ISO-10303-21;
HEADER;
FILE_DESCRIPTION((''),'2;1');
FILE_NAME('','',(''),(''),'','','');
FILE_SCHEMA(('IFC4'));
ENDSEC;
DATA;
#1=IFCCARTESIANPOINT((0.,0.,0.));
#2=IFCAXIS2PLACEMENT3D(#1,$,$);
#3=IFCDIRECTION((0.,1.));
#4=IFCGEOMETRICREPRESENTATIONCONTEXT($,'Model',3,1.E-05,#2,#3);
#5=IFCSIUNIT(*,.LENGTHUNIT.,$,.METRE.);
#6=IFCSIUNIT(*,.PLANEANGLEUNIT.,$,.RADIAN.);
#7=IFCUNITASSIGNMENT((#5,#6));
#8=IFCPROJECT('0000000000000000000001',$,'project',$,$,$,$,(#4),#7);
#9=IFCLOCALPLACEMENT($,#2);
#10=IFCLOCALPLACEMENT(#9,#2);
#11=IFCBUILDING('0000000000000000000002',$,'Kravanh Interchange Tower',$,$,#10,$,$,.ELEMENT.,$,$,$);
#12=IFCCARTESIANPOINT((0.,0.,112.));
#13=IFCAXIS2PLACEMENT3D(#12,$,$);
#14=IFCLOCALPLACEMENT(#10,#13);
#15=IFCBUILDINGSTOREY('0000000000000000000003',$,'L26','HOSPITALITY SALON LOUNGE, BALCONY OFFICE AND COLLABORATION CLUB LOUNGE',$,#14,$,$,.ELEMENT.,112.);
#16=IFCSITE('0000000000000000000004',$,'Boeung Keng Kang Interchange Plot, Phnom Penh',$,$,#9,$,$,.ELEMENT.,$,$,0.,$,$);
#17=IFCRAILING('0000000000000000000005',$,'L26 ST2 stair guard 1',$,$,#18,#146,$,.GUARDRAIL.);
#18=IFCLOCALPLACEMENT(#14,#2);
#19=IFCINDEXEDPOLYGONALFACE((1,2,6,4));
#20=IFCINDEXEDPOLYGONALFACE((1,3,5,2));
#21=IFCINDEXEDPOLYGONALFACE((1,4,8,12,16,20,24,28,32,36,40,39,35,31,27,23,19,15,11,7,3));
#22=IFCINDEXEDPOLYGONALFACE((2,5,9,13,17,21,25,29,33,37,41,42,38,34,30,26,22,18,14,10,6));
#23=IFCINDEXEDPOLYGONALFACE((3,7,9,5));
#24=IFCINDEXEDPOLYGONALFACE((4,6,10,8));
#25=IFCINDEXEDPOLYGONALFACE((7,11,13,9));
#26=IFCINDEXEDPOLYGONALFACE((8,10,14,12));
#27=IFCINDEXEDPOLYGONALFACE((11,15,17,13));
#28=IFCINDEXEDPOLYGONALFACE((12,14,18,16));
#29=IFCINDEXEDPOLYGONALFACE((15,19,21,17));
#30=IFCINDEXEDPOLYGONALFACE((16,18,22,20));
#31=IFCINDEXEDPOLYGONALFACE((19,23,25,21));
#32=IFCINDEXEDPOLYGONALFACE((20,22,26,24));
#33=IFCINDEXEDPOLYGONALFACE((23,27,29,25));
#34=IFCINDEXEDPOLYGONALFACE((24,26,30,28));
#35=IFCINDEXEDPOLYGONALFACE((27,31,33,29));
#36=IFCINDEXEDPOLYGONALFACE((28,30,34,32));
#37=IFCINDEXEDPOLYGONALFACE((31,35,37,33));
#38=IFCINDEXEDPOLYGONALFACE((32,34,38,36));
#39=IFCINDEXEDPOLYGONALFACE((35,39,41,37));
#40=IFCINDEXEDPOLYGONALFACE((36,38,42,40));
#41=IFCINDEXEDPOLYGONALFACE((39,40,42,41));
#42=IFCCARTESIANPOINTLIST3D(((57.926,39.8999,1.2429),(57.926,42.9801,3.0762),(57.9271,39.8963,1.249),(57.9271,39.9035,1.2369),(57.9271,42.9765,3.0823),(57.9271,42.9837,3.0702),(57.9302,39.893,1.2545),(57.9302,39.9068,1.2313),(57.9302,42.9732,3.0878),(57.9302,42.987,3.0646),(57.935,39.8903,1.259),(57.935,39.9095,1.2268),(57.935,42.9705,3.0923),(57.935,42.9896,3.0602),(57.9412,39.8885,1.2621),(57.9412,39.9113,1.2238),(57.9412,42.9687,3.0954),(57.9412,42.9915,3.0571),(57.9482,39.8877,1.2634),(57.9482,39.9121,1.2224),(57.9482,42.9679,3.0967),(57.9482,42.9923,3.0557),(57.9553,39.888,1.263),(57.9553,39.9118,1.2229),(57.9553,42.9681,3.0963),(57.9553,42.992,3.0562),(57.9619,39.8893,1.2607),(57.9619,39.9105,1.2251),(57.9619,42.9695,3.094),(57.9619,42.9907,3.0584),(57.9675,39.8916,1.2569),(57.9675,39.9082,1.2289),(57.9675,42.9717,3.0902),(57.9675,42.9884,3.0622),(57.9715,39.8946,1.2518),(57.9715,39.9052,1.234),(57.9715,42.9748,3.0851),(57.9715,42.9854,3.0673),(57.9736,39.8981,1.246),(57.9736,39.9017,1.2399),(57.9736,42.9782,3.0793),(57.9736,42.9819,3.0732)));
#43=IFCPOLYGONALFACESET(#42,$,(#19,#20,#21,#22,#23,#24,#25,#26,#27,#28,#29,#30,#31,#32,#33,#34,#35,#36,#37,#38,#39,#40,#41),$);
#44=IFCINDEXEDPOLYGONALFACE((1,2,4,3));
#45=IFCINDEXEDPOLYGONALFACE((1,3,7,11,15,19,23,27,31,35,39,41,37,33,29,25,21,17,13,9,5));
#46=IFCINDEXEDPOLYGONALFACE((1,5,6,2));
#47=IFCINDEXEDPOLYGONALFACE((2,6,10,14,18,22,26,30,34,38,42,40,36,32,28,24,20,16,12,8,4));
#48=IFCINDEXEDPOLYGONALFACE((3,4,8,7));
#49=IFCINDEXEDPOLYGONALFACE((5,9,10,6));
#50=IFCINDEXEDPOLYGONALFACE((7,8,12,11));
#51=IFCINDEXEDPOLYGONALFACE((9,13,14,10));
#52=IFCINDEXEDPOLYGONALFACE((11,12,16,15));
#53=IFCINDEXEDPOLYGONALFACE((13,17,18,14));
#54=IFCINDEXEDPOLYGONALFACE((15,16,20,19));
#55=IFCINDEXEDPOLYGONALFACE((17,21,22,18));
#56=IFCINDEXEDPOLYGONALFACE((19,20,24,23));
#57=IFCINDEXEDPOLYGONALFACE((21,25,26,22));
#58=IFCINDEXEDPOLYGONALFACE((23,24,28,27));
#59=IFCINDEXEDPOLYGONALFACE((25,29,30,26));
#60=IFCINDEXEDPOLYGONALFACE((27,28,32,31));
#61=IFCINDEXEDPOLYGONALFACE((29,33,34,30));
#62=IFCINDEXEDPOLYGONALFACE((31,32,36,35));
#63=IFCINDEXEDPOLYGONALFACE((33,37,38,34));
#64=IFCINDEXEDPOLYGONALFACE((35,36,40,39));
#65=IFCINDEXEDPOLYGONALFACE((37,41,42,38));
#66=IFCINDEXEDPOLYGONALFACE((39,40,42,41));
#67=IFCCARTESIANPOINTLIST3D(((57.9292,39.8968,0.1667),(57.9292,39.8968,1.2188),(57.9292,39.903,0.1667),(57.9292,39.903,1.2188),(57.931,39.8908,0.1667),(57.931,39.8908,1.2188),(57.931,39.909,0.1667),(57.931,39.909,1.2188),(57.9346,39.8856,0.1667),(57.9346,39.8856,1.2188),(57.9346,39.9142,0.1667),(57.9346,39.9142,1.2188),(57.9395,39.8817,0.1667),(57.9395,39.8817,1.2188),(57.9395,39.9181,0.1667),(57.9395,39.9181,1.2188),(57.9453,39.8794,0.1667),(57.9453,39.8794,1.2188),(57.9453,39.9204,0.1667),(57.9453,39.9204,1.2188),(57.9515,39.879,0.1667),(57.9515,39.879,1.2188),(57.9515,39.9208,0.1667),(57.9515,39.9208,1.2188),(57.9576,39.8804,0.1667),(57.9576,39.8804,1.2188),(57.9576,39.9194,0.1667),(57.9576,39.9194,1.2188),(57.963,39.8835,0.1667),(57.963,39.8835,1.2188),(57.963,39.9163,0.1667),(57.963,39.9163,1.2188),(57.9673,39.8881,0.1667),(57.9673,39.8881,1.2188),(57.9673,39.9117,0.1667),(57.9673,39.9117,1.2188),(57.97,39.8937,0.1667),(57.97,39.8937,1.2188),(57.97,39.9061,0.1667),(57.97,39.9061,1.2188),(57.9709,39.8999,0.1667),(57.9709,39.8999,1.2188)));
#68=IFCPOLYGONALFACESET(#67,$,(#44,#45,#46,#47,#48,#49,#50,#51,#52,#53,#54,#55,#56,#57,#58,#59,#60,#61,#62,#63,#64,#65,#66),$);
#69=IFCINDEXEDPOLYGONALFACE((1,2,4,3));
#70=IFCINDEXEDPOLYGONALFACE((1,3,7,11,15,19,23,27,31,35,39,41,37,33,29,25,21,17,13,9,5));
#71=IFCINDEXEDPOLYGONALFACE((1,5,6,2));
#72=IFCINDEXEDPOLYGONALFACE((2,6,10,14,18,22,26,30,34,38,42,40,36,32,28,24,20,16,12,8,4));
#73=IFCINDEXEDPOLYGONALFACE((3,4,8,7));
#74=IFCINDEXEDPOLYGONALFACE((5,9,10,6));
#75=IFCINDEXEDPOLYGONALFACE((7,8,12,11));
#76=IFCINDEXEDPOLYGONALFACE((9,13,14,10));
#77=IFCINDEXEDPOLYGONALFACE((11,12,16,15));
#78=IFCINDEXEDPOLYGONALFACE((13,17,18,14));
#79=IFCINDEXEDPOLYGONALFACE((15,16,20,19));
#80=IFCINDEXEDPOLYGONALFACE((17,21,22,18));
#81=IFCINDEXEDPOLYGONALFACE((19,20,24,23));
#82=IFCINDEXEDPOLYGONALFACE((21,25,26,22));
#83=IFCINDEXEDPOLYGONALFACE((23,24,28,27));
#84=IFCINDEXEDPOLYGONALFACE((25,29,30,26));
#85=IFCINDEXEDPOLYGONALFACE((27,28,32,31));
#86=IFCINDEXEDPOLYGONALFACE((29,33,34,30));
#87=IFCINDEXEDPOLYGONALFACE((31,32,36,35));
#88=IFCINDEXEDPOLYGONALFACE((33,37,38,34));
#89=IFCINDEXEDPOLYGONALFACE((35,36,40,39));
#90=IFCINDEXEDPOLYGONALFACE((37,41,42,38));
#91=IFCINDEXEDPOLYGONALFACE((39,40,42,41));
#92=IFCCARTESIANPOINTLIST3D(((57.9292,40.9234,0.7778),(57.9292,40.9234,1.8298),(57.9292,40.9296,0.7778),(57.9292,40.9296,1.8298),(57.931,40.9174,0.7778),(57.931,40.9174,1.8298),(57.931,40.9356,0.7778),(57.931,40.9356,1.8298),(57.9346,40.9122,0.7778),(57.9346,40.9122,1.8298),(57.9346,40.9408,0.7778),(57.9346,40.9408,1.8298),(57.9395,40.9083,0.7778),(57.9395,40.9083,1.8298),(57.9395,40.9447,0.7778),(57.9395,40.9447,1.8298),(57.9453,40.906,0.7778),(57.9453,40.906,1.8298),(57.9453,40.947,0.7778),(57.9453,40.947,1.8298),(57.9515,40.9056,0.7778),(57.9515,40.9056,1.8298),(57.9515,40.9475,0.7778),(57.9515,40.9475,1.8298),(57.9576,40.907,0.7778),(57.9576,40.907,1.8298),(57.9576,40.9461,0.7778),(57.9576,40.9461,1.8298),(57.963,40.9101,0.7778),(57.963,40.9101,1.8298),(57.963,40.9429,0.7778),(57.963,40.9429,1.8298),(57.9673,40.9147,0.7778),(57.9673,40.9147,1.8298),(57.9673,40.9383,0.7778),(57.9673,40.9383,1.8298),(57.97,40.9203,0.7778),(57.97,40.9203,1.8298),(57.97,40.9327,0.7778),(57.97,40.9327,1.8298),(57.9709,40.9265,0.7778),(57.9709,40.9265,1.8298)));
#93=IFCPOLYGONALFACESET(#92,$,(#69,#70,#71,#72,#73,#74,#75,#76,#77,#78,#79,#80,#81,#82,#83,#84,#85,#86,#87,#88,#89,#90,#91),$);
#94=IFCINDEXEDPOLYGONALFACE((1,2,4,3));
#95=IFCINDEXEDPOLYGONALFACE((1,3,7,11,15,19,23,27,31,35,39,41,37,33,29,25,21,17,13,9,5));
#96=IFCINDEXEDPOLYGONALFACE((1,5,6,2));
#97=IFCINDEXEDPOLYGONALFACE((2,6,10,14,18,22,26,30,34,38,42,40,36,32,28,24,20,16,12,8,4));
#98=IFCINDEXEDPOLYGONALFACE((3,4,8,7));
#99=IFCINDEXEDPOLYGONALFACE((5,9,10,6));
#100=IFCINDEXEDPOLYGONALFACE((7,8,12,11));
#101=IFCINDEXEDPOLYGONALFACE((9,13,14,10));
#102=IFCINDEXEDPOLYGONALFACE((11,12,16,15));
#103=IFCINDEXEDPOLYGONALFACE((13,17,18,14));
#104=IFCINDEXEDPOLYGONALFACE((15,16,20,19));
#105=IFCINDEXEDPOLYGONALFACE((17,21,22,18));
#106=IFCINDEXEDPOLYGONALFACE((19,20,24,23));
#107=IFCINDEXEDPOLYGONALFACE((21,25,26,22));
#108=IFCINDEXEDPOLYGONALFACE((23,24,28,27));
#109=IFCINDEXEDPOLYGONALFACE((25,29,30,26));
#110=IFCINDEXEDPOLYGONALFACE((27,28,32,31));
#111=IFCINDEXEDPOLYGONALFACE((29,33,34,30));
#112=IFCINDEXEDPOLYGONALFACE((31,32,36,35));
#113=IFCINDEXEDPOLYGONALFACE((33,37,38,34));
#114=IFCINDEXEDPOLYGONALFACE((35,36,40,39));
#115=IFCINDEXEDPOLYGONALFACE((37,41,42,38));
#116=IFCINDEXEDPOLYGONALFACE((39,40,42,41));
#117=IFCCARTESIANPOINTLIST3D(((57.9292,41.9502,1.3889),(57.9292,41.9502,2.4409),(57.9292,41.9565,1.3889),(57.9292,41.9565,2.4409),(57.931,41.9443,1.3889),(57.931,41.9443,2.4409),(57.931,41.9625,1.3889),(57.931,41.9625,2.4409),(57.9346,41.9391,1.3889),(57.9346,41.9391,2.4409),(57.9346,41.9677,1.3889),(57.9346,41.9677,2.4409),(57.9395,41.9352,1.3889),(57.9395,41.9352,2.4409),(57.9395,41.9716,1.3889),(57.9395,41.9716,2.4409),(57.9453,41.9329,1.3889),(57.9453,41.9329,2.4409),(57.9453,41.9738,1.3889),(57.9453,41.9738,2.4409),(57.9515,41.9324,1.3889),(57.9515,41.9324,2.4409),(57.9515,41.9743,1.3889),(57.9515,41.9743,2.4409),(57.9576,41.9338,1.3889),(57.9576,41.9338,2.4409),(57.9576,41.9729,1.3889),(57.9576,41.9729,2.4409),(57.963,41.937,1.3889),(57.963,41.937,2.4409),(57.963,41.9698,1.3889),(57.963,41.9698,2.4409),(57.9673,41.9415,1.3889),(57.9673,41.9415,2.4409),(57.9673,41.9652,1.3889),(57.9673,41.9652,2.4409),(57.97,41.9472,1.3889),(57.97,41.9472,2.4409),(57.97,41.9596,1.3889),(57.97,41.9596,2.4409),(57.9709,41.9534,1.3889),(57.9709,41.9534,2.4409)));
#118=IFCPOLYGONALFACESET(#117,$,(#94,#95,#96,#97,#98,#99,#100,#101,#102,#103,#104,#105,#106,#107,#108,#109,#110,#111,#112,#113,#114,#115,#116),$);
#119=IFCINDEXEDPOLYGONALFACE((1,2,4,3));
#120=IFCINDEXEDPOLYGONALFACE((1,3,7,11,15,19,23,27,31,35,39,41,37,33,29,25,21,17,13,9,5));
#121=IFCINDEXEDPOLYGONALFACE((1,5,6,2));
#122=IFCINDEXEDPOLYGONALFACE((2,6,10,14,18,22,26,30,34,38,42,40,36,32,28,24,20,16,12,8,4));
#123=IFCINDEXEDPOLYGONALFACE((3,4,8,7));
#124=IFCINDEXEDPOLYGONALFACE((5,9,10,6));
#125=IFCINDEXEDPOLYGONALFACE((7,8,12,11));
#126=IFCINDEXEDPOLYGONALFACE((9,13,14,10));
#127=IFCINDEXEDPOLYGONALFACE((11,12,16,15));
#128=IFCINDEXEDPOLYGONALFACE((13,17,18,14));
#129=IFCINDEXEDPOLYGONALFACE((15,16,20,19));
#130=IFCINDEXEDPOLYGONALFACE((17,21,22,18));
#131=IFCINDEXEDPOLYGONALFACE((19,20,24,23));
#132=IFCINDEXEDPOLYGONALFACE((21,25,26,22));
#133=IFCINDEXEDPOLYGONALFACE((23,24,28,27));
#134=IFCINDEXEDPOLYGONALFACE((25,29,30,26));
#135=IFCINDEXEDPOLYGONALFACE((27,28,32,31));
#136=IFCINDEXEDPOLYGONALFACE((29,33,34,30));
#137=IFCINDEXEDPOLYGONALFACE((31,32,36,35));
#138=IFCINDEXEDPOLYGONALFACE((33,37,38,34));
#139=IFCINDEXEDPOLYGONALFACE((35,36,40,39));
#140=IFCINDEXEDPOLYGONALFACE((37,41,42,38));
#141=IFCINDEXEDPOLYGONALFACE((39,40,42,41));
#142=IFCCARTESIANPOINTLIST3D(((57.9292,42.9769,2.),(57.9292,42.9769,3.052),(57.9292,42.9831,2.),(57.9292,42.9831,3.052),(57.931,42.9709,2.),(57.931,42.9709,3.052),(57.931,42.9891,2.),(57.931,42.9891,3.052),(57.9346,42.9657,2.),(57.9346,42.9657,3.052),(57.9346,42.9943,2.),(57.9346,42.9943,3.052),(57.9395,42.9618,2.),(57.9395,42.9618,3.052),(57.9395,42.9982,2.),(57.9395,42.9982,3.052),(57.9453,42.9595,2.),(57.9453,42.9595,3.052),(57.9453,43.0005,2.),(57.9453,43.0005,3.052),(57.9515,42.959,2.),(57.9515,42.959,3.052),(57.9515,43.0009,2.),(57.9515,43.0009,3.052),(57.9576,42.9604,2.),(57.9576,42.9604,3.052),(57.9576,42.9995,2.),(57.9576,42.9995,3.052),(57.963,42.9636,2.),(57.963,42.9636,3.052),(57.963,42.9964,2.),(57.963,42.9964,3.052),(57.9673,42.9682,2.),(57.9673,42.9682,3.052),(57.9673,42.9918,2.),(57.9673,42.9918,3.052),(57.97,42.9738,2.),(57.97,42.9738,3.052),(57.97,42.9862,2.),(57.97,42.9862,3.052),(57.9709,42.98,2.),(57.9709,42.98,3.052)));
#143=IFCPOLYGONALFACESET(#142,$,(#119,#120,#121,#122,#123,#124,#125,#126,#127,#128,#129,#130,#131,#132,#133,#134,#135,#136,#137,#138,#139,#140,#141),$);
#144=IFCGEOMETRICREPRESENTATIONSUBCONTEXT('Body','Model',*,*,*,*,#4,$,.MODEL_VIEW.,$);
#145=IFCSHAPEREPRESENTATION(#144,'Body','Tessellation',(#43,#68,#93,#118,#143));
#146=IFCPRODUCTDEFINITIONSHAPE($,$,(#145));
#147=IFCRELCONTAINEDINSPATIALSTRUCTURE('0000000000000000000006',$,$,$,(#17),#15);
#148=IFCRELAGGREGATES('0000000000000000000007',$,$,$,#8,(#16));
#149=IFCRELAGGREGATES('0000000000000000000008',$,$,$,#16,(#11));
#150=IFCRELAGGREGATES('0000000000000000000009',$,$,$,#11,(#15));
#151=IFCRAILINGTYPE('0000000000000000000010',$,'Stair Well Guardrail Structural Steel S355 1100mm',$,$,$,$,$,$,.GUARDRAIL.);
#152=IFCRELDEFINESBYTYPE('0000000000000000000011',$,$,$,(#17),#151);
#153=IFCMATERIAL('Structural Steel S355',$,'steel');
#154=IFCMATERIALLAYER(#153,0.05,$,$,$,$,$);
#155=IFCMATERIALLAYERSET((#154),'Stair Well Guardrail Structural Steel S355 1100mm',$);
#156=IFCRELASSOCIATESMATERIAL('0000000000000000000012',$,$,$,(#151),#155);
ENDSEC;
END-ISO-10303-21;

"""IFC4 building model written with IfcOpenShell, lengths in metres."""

from ifc_helpers import new_model, si_unit, direction, frame, origin, origin_2d, place, context, subcontext, project, spatial, circle, extrude, material, layer, layer_set, type_object, element, save


model = new_model("IFC4")

# Units and contexts
model_context = context("Model", 3, precision=1e-05, world=origin(), true_north=direction((0.0, 1.0)))
body_context = subcontext(model_context, "Body", "Model", "MODEL_VIEW")
ifc_project = project(units=[si_unit("LENGTHUNIT", "METRE"), si_unit("PLANEANGLEUNIT", "RADIAN")], contexts=[model_context])

# Site, building, storey
site_placement = place(None, origin())
site = spatial("IfcSite", under=ifc_project, at=site_placement, Name="Boeung Keng Kang Interchange Plot, Phnom Penh", CompositionType="ELEMENT", RefElevation=0.0)
building_placement = place(site_placement, origin())
building = spatial("IfcBuilding", under=site, at=building_placement, Name="Kravanh Interchange Tower", CompositionType="ELEMENT")
storey_placement = place(building_placement, frame((0.0, 0.0, 112.0)))
storey = spatial("IfcBuildingStorey", under=building, at=storey_placement, Name="L26", Description="HOSPITALITY SALON LOUNGE, BALCONY OFFICE AND COLLABORATION CLUB LOUNGE", CompositionType="ELEMENT", Elevation=112.0)

# Railing
ifc_material_1 = material(Name="Structural Steel S355", Category="steel")
ifc_layer_1 = layer(ifc_material_1, 0.05)
ifc_layer_set_1 = layer_set([ifc_layer_1], Name="Stair Well Guardrail Structural Steel S355 1100mm")
railing_type_1 = type_object("IfcRailingType", Name="Stair Well Guardrail Structural Steel S355 1100mm", PredefinedType="GUARDRAIL", material=ifc_layer_set_1)
railing_1_placement = place(storey_placement, frame((57.95, 39.8999, 0.1667)))
element("IfcRailing", 1, at=railing_1_placement, inside=storey, type_object=railing_type_1, Name="L26 ST2 stair guard 1", PredefinedType="GUARDRAIL", context=body_context, shape_type="SweptSolid", body=[
    extrude(circle(Radius=0.0239, at=origin_2d()), frame((0.0, 0.0, 1.0762), z_axis=(0.0, 0.859309, 0.511458), x_axis=(-1.0, 0.0, 0.0)), (0.0, 0.0, 1.0), 3.5845),
    extrude(circle(Radius=0.021, at=origin_2d()), origin(), (0.0, 0.0, 1.0), 1.052),
    extrude(circle(Radius=0.021, at=origin_2d()), frame((0.0, 1.0266, 0.6111)), (0.0, 0.0, 1.0), 1.052),
    extrude(circle(Radius=0.021, at=origin_2d()), frame((0.0, 2.0535, 1.2222)), (0.0, 0.0, 1.0), 1.052),
    extrude(circle(Radius=0.021, at=origin_2d()), frame((0.0, 3.0801, 1.8333)), (0.0, 0.0, 1.0), 1.052),
])

save(model, "model.ifc")
